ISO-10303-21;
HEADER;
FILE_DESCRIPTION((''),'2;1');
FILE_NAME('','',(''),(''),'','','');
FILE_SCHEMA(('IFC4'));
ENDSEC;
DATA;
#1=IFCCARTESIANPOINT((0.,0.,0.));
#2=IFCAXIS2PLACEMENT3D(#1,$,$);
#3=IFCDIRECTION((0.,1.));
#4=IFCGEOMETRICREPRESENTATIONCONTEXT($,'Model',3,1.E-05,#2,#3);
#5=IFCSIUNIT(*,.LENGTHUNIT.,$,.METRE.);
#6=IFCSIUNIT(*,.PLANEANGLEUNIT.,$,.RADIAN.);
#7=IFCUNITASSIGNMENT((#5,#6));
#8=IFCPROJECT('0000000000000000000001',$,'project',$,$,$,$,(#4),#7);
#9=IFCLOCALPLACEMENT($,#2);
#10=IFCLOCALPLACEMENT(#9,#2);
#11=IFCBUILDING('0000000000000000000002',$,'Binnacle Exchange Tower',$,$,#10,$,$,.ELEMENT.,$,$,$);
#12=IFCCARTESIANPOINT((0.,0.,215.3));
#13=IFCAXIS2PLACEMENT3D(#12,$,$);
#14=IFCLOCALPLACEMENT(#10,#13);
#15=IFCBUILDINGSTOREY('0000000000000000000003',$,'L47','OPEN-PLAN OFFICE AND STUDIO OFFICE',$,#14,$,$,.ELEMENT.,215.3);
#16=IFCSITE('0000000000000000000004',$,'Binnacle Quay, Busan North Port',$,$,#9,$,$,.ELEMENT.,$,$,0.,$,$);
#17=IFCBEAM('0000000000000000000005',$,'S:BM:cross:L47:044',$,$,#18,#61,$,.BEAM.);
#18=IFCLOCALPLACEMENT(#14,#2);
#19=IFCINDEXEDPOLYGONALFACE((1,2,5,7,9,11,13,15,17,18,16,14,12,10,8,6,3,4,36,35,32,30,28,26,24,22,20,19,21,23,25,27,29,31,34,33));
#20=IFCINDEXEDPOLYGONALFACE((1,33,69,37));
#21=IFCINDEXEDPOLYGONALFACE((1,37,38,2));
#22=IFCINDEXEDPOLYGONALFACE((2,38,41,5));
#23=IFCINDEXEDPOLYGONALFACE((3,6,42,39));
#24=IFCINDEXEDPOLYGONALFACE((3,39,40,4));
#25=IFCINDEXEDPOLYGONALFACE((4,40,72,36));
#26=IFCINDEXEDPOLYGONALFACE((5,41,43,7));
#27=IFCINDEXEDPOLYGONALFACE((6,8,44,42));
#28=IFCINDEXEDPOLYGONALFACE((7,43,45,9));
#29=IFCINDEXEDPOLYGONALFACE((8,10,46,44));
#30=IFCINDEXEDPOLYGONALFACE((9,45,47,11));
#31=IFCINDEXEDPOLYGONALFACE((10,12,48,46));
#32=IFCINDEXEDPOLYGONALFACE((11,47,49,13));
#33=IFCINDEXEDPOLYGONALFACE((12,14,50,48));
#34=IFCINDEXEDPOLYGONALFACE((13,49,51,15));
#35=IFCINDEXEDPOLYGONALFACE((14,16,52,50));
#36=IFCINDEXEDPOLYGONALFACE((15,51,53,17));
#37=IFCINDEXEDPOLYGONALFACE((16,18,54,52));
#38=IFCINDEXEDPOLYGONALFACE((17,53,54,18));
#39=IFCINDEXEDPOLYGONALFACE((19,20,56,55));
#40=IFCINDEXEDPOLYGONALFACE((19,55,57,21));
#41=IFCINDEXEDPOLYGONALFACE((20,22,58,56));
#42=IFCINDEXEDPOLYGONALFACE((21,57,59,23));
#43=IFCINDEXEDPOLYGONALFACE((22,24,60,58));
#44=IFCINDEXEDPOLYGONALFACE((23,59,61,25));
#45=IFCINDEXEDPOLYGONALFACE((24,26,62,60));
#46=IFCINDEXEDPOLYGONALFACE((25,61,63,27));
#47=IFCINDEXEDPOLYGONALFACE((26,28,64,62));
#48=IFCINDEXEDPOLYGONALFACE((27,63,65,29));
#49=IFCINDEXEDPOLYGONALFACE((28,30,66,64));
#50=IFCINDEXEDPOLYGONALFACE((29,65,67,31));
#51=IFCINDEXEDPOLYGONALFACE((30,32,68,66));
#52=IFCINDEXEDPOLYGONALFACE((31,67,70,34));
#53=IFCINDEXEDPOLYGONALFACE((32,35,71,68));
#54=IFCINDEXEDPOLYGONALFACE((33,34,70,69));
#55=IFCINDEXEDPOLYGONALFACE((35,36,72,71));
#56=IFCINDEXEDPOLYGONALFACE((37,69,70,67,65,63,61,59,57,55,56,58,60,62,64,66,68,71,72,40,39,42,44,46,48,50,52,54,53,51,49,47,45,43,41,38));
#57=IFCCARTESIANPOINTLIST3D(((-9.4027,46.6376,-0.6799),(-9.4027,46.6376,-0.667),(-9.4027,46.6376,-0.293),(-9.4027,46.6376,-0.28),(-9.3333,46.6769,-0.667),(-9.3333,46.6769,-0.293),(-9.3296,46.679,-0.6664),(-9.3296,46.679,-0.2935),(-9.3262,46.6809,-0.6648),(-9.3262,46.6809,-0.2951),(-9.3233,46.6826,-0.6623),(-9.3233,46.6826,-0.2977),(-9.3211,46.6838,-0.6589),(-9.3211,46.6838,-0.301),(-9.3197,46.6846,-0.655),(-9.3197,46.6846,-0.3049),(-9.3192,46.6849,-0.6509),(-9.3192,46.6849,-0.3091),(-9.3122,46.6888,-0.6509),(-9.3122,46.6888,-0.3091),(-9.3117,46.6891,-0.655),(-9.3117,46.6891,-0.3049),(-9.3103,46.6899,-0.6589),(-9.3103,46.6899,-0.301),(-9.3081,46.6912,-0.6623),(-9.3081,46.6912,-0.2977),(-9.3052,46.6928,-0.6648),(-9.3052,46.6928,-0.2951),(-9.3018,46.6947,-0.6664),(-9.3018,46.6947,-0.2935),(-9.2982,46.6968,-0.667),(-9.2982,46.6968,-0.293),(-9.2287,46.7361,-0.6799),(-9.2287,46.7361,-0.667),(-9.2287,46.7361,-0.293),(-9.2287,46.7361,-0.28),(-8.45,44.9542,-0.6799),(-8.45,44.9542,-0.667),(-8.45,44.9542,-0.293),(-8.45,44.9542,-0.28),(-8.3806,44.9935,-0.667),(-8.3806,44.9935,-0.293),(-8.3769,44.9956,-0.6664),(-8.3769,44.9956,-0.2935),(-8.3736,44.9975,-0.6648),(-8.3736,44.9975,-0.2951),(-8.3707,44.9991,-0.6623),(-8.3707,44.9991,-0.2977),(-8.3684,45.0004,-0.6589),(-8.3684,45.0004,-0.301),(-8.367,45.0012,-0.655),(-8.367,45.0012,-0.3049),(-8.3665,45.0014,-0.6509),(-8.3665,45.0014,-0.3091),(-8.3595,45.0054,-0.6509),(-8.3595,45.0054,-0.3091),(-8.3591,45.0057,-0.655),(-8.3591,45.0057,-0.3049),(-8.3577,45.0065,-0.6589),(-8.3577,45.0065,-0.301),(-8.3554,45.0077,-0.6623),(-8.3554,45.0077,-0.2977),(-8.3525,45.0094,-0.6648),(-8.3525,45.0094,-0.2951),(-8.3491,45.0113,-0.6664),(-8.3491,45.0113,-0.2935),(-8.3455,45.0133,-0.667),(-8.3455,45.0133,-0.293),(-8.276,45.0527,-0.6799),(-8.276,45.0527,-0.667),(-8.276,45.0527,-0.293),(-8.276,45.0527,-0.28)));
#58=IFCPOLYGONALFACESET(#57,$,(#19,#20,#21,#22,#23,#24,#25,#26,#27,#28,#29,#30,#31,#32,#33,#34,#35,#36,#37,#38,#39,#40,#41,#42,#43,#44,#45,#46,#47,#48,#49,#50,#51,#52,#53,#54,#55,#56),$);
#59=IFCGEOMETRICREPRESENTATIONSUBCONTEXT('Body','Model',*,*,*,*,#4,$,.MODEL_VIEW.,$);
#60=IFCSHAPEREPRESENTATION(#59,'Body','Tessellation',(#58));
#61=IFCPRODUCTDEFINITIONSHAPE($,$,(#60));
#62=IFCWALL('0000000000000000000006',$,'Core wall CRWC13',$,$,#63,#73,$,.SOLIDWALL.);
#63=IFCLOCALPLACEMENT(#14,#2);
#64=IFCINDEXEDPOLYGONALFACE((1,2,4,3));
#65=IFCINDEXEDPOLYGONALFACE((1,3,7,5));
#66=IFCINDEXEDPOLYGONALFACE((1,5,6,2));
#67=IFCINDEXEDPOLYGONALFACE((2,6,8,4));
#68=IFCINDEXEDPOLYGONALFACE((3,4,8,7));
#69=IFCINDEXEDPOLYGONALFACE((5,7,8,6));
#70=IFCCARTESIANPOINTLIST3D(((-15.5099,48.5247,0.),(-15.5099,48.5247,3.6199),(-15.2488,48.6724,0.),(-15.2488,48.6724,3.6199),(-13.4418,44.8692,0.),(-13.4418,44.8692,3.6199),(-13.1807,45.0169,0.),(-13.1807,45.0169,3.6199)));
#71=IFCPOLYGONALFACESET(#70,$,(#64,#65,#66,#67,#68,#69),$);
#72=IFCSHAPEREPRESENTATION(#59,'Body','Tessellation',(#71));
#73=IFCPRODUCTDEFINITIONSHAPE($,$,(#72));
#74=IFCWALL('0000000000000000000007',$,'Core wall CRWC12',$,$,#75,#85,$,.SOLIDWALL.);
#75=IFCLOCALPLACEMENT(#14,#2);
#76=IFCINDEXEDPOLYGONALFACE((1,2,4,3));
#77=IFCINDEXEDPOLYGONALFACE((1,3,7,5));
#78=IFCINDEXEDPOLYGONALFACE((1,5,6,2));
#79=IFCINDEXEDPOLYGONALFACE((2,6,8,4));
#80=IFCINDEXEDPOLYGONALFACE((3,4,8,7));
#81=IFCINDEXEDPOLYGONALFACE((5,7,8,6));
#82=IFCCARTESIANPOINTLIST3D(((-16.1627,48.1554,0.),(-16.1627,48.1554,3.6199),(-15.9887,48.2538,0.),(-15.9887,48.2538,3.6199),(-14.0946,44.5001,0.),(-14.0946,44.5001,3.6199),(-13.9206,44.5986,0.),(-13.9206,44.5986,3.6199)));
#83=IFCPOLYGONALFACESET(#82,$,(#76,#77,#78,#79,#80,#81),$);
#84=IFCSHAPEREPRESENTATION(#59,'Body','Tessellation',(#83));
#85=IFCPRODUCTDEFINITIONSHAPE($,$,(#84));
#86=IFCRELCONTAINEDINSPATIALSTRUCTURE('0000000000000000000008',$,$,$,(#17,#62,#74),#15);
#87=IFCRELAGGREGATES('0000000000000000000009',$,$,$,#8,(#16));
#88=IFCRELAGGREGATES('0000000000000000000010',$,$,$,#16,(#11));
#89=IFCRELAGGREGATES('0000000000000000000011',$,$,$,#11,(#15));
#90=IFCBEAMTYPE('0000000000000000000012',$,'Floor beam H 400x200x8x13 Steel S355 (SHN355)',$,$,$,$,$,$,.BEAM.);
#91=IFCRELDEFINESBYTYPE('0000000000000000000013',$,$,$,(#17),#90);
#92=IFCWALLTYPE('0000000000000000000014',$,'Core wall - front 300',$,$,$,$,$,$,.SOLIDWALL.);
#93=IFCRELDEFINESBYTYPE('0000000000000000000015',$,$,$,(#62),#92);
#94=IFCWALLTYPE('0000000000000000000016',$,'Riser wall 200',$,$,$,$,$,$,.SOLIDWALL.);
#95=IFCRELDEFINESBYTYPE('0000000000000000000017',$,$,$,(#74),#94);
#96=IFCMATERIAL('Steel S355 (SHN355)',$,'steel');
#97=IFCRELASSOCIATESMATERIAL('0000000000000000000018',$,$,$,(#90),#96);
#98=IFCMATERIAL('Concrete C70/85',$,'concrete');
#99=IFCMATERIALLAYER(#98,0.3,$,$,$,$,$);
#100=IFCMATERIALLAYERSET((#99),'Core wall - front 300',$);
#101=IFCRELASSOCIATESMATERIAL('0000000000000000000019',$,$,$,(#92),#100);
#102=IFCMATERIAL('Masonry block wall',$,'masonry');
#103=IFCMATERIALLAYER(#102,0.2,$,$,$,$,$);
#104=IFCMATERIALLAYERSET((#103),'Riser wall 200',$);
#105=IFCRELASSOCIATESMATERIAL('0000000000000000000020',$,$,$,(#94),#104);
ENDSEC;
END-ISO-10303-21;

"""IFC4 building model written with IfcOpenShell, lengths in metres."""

from ifc_helpers import new_model, si_unit, direction, frame, frame_2d, origin, origin_2d, place, context, subcontext, project, spatial, rectangle, i_section, extrude, material, layer, layer_set, material_profile, profile_set, type_object, element, save


model = new_model("IFC4")

# Units and contexts
model_context = context("Model", 3, precision=1e-05, world=origin(), true_north=direction((0.0, 1.0)))
body_context = subcontext(model_context, "Body", "Model", "MODEL_VIEW")
ifc_project = project(units=[si_unit("LENGTHUNIT", "METRE"), si_unit("PLANEANGLEUNIT", "RADIAN")], contexts=[model_context])

# Site, building, storey
site_placement = place(None, origin())
site = spatial("IfcSite", under=ifc_project, at=site_placement, Name="Binnacle Quay, Busan North Port", CompositionType="ELEMENT", RefElevation=0.0)
building_placement = place(site_placement, origin())
building = spatial("IfcBuilding", under=site, at=building_placement, Name="Binnacle Exchange Tower", CompositionType="ELEMENT")
storey_placement = place(building_placement, frame((0.0, 0.0, 215.3)))
storey = spatial("IfcBuildingStorey", under=building, at=storey_placement, Name="L47", Description="OPEN-PLAN OFFICE AND STUDIO OFFICE", CompositionType="ELEMENT", Elevation=215.3)

# Beam
ifc_material_1 = material(Name="Steel S355 (SHN355)", Category="steel")
ifc_material_profile_1 = material_profile(ifc_material_1, i_section(OverallWidth=0.2, OverallDepth=0.3999, WebThickness=0.0081, FlangeThickness=0.0129, FilletRadius=0.0161, at=origin_2d()), Name="H 400x200x8x13")
ifc_profile_set_1 = profile_set([ifc_material_profile_1], Name="Steel S355 (SHN355)")
beam_type_1 = type_object("IfcBeamType", Name="Floor beam H 400x200x8x13 Steel S355 (SHN355)", PredefinedType="BEAM", material=ifc_profile_set_1)
for number, where, z_axis, x_axis, name in (
    (1, (-8.363, 45.0034, -0.48), (-0.492519, 0.870302, 0.0), (-0.870302, -0.492519, 0.0), "S:BM:cross:L47:044"),
):
    element("IfcBeam", number, at=place(storey_placement, frame(where, z_axis=z_axis, x_axis=x_axis)), inside=storey, type_object=beam_type_1, Name=name, PredefinedType="BEAM", context=body_context, shape_type="SweptSolid", body=[
        extrude(i_section(OverallWidth=0.2, OverallDepth=0.3999, WebThickness=0.0081, FlangeThickness=0.0129, FilletRadius=0.0161, at=origin_2d()), origin(), (0.0, 0.0, 1.0), 1.9343),
    ])

# Walls
ifc_material_2 = material(Name="Concrete C70/85", Category="concrete")
ifc_layer_1 = layer(ifc_material_2, 0.3)
ifc_layer_set_1 = layer_set([ifc_layer_1], Name="Core wall - front 300")
wall_type_1 = type_object("IfcWallType", Name="Core wall - front 300", PredefinedType="SOLIDWALL", material=ifc_layer_set_1)
wall_1_placement = place(storey_placement, frame((-15.3794, 48.5986, 0.0), z_axis=(0.0, 0.0, 1.0), x_axis=(0.49241, -0.870364, 0.0)))
element("IfcWall", 2, at=wall_1_placement, inside=storey, type_object=wall_type_1, Name="Core wall CRWC13", PredefinedType="SOLIDWALL", context=body_context, shape_type="SweptSolid", body=[
    extrude(rectangle(XDim=4.2, YDim=0.3, at=frame_2d((2.1001, 0.0))), origin(), (0.0, 0.0, 1.0), 3.6199),
])
ifc_material_3 = material(Name="Masonry block wall", Category="masonry")
ifc_layer_2 = layer(ifc_material_3, 0.2)
ifc_layer_set_2 = layer_set([ifc_layer_2], Name="Riser wall 200")
wall_type_2 = type_object("IfcWallType", Name="Riser wall 200", PredefinedType="SOLIDWALL", material=ifc_layer_set_2)
wall_2_placement = place(storey_placement, frame((-16.0757, 48.2046, 0.0), z_axis=(0.0, 0.0, 1.0), x_axis=(0.492435, -0.870349, 0.0)))
element("IfcWall", 3, at=wall_2_placement, inside=storey, type_object=wall_type_2, Name="Core wall CRWC12", PredefinedType="SOLIDWALL", context=body_context, shape_type="SweptSolid", body=[
    extrude(rectangle(XDim=4.1997, YDim=0.2, at=frame_2d((2.0999, 0.0))), origin(), (0.0, 0.0, 1.0), 3.6199),
])

save(model, "model.ifc")
